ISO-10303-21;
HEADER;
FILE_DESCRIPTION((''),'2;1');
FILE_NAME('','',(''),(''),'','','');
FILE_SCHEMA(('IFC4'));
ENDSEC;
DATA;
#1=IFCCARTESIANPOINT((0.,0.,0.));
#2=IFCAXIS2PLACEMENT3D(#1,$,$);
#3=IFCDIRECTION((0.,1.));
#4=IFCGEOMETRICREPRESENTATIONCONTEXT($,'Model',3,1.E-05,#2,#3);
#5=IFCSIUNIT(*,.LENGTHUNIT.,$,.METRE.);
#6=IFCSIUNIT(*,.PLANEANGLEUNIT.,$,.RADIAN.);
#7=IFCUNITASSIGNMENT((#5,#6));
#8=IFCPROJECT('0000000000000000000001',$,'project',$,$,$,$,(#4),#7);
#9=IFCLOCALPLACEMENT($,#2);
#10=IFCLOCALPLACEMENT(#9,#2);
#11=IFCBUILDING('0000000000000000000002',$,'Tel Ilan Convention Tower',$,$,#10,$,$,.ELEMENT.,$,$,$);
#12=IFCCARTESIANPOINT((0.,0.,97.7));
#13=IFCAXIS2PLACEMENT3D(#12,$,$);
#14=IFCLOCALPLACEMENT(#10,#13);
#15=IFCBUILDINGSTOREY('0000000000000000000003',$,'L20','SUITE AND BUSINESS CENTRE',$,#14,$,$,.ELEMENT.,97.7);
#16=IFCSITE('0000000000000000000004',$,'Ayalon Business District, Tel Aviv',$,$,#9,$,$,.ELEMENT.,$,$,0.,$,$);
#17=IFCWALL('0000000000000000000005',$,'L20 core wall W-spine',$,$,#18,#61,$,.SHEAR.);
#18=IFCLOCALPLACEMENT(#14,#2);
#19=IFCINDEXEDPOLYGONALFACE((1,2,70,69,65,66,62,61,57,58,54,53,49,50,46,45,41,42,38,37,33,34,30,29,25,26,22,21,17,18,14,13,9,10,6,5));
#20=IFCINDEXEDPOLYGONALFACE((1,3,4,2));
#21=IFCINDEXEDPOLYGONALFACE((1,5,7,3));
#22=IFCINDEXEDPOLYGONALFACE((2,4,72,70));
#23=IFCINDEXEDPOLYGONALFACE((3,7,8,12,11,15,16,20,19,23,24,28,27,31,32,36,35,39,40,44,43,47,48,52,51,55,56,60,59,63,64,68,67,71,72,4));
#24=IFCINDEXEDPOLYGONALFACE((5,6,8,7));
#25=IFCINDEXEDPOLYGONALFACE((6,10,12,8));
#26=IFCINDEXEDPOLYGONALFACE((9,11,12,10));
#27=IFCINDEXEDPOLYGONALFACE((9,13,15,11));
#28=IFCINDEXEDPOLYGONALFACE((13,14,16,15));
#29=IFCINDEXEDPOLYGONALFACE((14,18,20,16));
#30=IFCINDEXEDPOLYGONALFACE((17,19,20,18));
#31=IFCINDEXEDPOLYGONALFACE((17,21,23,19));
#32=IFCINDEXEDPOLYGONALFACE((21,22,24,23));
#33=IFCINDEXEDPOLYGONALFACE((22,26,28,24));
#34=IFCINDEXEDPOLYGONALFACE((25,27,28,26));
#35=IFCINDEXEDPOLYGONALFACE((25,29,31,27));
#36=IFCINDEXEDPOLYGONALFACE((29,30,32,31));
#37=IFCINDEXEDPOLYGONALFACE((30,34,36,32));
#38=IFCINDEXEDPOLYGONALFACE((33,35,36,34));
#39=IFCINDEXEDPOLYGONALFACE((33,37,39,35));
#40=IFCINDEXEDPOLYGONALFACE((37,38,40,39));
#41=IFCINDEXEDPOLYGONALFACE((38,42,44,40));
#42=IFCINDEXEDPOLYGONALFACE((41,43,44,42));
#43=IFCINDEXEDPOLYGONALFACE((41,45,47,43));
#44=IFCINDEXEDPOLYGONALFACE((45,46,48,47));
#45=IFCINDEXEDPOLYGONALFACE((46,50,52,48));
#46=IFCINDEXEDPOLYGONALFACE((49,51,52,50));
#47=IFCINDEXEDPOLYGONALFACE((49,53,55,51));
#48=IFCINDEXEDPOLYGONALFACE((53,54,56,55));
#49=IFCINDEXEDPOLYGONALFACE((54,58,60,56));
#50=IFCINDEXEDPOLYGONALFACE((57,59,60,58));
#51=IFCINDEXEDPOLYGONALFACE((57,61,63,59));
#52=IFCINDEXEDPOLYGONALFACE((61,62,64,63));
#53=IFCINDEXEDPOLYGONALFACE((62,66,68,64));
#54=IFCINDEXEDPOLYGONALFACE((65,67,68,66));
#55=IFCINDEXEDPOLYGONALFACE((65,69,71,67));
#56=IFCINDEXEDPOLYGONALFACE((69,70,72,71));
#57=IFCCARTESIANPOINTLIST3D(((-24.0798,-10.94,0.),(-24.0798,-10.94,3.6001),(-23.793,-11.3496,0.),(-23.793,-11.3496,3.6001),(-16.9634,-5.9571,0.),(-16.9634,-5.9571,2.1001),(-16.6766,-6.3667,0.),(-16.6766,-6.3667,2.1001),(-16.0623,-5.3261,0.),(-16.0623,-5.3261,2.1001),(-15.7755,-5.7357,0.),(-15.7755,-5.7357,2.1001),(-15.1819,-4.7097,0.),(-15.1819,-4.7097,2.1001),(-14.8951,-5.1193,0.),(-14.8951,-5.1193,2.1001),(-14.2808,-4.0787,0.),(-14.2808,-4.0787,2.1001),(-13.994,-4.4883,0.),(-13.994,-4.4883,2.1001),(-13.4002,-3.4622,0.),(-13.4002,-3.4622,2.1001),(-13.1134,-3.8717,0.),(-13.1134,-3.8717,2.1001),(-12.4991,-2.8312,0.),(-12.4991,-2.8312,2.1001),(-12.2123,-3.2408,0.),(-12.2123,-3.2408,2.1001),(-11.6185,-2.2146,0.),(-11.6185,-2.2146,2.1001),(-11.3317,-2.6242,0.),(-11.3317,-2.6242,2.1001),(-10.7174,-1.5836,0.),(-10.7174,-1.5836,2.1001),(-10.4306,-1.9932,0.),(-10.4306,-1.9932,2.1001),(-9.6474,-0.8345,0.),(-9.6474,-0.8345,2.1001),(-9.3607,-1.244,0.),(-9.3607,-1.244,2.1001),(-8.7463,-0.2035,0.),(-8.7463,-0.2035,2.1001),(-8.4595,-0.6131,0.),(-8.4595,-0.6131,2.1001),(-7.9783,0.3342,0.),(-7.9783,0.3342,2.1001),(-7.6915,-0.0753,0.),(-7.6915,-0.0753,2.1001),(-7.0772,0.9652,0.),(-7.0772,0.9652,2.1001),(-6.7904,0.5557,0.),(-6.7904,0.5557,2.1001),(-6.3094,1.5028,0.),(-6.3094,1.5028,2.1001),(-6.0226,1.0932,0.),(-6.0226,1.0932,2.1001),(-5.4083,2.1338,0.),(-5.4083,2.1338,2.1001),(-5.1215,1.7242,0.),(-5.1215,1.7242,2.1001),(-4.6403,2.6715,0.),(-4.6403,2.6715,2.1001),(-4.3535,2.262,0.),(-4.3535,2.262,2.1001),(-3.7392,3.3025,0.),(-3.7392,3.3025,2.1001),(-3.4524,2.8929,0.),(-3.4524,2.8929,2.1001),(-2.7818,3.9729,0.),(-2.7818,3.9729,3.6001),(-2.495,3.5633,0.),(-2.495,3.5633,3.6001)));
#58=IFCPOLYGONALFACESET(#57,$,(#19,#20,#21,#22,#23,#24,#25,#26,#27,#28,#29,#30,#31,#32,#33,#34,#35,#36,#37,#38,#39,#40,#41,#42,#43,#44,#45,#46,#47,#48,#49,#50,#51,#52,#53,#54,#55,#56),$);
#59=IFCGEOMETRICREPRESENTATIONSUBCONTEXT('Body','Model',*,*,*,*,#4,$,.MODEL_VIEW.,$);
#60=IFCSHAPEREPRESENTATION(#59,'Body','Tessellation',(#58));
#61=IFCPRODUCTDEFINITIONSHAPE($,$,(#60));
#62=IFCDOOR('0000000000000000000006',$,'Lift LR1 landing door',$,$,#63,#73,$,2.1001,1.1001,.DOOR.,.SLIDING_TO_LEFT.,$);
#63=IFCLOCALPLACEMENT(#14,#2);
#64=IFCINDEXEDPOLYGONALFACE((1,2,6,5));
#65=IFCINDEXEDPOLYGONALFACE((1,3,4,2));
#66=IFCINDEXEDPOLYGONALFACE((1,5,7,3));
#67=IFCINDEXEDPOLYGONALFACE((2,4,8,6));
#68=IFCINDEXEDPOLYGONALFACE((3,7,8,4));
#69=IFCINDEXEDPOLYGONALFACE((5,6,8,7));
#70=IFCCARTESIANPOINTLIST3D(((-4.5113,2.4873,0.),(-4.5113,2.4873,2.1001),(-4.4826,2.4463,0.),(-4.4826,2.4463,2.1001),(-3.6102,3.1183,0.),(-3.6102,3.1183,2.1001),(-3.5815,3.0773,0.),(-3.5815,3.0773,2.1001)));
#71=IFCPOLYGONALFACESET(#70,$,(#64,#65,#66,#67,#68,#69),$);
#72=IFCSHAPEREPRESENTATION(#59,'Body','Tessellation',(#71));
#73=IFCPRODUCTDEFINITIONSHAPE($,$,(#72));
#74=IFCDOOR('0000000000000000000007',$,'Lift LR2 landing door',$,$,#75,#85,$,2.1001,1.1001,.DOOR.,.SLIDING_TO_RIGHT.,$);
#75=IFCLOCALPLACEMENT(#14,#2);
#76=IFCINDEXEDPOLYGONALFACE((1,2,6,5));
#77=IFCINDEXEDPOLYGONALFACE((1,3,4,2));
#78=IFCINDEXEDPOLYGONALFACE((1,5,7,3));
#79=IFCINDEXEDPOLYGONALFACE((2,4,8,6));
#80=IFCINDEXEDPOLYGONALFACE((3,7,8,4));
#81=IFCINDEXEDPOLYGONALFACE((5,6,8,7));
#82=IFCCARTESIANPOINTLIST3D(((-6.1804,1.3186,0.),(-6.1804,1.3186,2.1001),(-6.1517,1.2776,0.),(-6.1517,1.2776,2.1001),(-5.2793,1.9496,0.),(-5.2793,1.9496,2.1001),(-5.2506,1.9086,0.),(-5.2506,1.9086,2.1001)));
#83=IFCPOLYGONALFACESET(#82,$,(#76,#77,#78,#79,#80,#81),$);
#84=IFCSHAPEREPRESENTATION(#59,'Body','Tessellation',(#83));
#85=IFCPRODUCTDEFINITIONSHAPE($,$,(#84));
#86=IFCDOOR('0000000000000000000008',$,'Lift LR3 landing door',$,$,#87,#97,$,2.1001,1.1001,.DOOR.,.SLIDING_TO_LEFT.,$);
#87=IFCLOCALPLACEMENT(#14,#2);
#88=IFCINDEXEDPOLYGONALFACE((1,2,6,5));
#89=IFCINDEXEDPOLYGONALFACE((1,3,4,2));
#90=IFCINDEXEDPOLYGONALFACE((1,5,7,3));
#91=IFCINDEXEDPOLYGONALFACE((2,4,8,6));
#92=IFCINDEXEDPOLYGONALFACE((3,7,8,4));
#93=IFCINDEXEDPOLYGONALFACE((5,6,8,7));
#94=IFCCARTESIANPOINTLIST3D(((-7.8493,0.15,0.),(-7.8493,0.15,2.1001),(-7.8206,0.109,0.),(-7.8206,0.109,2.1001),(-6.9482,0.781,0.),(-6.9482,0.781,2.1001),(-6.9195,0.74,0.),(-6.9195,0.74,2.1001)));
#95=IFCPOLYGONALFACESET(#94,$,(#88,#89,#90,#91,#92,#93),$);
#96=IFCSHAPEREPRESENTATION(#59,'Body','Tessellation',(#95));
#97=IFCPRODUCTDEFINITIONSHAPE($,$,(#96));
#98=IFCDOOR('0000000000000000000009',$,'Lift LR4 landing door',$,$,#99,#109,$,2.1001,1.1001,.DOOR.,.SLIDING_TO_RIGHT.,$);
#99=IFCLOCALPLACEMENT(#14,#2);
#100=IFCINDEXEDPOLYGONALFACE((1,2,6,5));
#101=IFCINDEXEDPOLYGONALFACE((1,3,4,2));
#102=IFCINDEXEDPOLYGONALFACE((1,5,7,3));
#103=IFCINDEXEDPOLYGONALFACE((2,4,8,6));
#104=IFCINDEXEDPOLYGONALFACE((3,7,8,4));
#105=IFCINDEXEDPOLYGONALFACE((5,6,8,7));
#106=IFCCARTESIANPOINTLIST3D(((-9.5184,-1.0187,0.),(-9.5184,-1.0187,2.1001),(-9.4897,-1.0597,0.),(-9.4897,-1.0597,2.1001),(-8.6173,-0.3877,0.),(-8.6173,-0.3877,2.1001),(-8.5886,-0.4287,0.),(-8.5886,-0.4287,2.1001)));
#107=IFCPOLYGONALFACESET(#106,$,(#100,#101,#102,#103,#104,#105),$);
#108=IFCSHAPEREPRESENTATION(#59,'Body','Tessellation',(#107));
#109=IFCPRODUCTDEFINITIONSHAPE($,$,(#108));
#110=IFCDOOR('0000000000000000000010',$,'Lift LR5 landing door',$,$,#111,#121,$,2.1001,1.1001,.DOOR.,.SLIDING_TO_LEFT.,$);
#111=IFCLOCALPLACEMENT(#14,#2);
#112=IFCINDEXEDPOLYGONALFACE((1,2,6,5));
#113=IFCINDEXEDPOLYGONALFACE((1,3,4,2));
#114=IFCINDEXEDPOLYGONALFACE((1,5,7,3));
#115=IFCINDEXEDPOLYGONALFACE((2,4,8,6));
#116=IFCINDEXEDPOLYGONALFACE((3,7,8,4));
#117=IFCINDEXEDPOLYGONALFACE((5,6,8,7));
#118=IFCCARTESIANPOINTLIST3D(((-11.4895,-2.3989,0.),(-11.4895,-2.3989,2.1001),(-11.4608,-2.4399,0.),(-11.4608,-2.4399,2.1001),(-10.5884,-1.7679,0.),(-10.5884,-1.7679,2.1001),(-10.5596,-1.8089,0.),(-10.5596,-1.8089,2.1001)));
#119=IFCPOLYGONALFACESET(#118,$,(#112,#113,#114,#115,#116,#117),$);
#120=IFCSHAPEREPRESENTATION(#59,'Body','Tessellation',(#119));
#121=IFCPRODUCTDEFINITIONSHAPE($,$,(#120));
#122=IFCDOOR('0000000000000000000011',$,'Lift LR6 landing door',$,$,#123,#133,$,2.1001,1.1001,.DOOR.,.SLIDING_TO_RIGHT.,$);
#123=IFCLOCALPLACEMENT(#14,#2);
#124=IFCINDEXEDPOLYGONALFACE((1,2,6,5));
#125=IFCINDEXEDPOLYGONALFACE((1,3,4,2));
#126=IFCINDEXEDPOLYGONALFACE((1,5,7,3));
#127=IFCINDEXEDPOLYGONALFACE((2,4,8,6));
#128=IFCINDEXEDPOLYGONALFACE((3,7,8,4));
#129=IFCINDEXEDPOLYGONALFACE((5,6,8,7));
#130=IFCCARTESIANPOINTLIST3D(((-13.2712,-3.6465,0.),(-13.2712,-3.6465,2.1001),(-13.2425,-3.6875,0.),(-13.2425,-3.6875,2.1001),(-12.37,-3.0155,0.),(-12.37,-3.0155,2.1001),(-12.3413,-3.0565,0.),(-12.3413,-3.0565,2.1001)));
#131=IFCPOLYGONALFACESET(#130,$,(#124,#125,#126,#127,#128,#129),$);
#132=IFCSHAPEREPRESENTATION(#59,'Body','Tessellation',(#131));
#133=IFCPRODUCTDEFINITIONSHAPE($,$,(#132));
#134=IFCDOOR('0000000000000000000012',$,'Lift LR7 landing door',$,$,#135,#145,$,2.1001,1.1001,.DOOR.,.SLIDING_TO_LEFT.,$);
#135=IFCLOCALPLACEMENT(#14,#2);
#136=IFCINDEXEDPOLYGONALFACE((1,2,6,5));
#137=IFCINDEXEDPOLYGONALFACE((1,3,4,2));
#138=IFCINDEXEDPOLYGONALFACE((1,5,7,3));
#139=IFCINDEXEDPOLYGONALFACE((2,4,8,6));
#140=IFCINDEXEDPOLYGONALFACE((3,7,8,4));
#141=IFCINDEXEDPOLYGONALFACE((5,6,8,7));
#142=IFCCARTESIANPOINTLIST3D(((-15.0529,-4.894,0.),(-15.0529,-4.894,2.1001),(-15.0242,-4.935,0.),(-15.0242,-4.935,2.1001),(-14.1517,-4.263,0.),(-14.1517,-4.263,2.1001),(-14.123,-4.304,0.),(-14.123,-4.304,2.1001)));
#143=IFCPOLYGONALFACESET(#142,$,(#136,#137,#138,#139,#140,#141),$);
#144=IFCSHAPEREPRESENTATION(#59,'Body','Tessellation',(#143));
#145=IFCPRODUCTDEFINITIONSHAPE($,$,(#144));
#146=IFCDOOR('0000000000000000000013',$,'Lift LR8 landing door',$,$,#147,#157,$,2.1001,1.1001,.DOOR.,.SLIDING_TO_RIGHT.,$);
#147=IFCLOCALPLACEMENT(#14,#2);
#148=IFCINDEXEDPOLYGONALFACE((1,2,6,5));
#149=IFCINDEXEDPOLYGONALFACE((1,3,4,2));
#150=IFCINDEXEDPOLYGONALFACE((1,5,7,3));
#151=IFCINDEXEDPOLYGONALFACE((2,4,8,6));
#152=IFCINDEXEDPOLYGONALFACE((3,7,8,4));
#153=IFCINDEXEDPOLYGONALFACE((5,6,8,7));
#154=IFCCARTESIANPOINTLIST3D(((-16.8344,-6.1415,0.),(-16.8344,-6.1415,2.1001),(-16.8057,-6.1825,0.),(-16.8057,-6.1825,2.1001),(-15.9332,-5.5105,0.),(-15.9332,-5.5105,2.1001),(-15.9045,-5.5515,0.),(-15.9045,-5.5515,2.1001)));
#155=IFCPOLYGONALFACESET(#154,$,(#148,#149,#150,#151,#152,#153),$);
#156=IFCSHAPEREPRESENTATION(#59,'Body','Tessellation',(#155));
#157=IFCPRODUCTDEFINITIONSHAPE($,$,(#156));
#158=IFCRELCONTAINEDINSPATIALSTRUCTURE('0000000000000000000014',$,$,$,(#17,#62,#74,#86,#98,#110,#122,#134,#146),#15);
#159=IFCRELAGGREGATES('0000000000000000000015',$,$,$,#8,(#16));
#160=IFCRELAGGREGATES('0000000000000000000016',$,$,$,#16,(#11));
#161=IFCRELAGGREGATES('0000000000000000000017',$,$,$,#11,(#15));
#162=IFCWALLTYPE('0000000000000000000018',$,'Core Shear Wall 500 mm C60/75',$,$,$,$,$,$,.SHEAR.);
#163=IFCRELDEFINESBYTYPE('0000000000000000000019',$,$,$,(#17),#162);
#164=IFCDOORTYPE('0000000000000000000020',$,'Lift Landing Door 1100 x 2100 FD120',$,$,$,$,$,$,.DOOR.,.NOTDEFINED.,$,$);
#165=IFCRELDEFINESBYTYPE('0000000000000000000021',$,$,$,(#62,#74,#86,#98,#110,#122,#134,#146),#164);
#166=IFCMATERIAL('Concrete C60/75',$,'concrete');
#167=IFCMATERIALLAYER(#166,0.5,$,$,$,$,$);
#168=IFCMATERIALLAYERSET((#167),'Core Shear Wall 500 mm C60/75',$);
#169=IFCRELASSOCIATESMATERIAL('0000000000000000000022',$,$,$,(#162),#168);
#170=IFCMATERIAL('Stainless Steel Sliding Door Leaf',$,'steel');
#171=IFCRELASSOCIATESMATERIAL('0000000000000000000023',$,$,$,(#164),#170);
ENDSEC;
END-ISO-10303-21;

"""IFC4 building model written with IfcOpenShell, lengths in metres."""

from ifc_helpers import new_model, si_unit, direction, frame, frame_2d, origin, place, context, subcontext, project, spatial, polyline, rectangle, outline, extrude, material, layer, layer_set, type_object, element, fill, save


model = new_model("IFC4")

# Units and contexts
model_context = context("Model", 3, precision=1e-05, world=origin(), true_north=direction((0.0, 1.0)))
body_context = subcontext(model_context, "Body", "Model", "MODEL_VIEW")
ifc_project = project(units=[si_unit("LENGTHUNIT", "METRE"), si_unit("PLANEANGLEUNIT", "RADIAN")], contexts=[model_context])

# Site, building, storey
site_placement = place(None, origin())
site = spatial("IfcSite", under=ifc_project, at=site_placement, Name="Ayalon Business District, Tel Aviv", CompositionType="ELEMENT", RefElevation=0.0)
building_placement = place(site_placement, origin())
building = spatial("IfcBuilding", under=site, at=building_placement, Name="Tel Ilan Convention Tower", CompositionType="ELEMENT")
storey_placement = place(building_placement, frame((0.0, 0.0, 97.7)))
storey = spatial("IfcBuildingStorey", under=building, at=storey_placement, Name="L20", Description="SUITE AND BUSINESS CENTRE", CompositionType="ELEMENT", Elevation=97.7)

# Wall, openings, doors
ifc_material_1 = material(Name="Concrete C60/75", Category="concrete")
ifc_layer_1 = layer(ifc_material_1, 0.5)
ifc_layer_set_1 = layer_set([ifc_layer_1], Name="Core Shear Wall 500 mm C60/75")
wall_type_1 = type_object("IfcWallType", Name="Core Shear Wall 500 mm C60/75", PredefinedType="SHEAR", material=ifc_layer_set_1)
wall_1_placement = place(storey_placement, frame((-2.6384, 3.7681, 0.0), z_axis=(0.0, 0.0, 1.0), x_axis=(-0.819149, -0.573581, 0.0)))
wall_1 = element("IfcWall", 1, at=wall_1_placement, inside=storey, type_object=wall_type_1, Name="L20 core wall W-spine", PredefinedType="SHEAR", context=body_context, shape_type="SweptSolid", body=[
    extrude(outline(polyline([(26.0, 0.2498), (0.0, 0.25), (0.0, -0.25), (26.0, -0.2502), (26.0, 0.2498)])), origin(), (0.0, 0.0, 1.0), 3.6001),
])
opening_1_placement = place(wall_1_placement, frame((1.1687, 0.0, 0.0)))
opening_1 = element("IfcOpeningElement", 2, at=opening_1_placement, cuts=wall_1, PredefinedType="OPENING", context=body_context, shape_type="SweptSolid", body=[
    extrude(rectangle(XDim=1.1001, YDim=2.1001, at=frame_2d((0.55, 1.05))), frame((0.0, 0.26, 0.0), z_axis=(0.0, -1.0, 0.0), x_axis=(1.0, 0.0, 0.0)), (0.0, 0.0, 1.0), 0.52),
])
opening_2_placement = place(wall_1_placement, frame((3.2063, 0.0, 0.0)))
opening_2 = element("IfcOpeningElement", 3, at=opening_2_placement, cuts=wall_1, PredefinedType="OPENING", context=body_context, shape_type="SweptSolid", body=[
    extrude(rectangle(XDim=1.1001, YDim=2.1001, at=frame_2d((0.55, 1.05))), frame((0.0, 0.26, 0.0), z_axis=(0.0, -1.0, 0.0), x_axis=(1.0, 0.0, 0.0)), (0.0, 0.0, 1.0), 0.52),
])
opening_3_placement = place(wall_1_placement, frame((5.2437, 0.0, 0.0)))
opening_3 = element("IfcOpeningElement", 4, at=opening_3_placement, cuts=wall_1, PredefinedType="OPENING", context=body_context, shape_type="SweptSolid", body=[
    extrude(rectangle(XDim=1.1001, YDim=2.1001, at=frame_2d((0.55, 1.05))), frame((0.0, 0.26, 0.0), z_axis=(0.0, -1.0, 0.0), x_axis=(1.0, 0.0, 0.0)), (0.0, 0.0, 1.0), 0.52),
])
opening_4_placement = place(wall_1_placement, frame((7.2812, 0.0, 0.0)))
opening_4 = element("IfcOpeningElement", 5, at=opening_4_placement, cuts=wall_1, PredefinedType="OPENING", context=body_context, shape_type="SweptSolid", body=[
    extrude(rectangle(XDim=1.1001, YDim=2.1001, at=frame_2d((0.55, 1.05))), frame((0.0, 0.26, 0.0), z_axis=(0.0, -1.0, 0.0), x_axis=(1.0, 0.0, 0.0)), (0.0, 0.0, 1.0), 0.52),
])
opening_5_placement = place(wall_1_placement, frame((9.6875, 0.0, 0.0)))
opening_5 = element("IfcOpeningElement", 6, at=opening_5_placement, cuts=wall_1, PredefinedType="OPENING", context=body_context, shape_type="SweptSolid", body=[
    extrude(rectangle(XDim=1.1001, YDim=2.1001, at=frame_2d((0.55, 1.05))), frame((0.0, 0.26, 0.0), z_axis=(0.0, -1.0, 0.0), x_axis=(1.0, 0.0, 0.0)), (0.0, 0.0, 1.0), 0.52),
])
opening_6_placement = place(wall_1_placement, frame((11.8625, 0.0, 0.0)))
opening_6 = element("IfcOpeningElement", 7, at=opening_6_placement, cuts=wall_1, PredefinedType="OPENING", context=body_context, shape_type="SweptSolid", body=[
    extrude(rectangle(XDim=1.1001, YDim=2.1001, at=frame_2d((0.55, 1.05))), frame((0.0, 0.26, 0.0), z_axis=(0.0, -1.0, 0.0), x_axis=(1.0, 0.0, 0.0)), (0.0, 0.0, 1.0), 0.52),
])
opening_7_placement = place(wall_1_placement, frame((14.0376, 0.0, 0.0)))
opening_7 = element("IfcOpeningElement", 8, at=opening_7_placement, cuts=wall_1, PredefinedType="OPENING", context=body_context, shape_type="SweptSolid", body=[
    extrude(rectangle(XDim=1.1001, YDim=2.1001, at=frame_2d((0.55, 1.05))), frame((0.0, 0.26, 0.0), z_axis=(0.0, -1.0, 0.0), x_axis=(1.0, 0.0, 0.0)), (0.0, 0.0, 1.0), 0.52),
])
opening_8_placement = place(wall_1_placement, frame((16.2124, 0.0, 0.0)))
opening_8 = element("IfcOpeningElement", 9, at=opening_8_placement, cuts=wall_1, PredefinedType="OPENING", context=body_context, shape_type="SweptSolid", body=[
    extrude(rectangle(XDim=1.1001, YDim=2.1001, at=frame_2d((0.55, 1.05))), frame((0.0, 0.26, 0.0), z_axis=(0.0, -1.0, 0.0), x_axis=(1.0, 0.0, 0.0)), (0.0, 0.0, 1.0), 0.52),
])
ifc_material_2 = material(Name="Stainless Steel Sliding Door Leaf", Category="steel")
door_type = type_object("IfcDoorType", Name="Lift Landing Door 1100 x 2100 FD120", OperationType="NOTDEFINED", PredefinedType="DOOR", material=ifc_material_2)
door_1_placement = place(opening_1_placement, origin())
door_1 = element("IfcDoor", 10, at=door_1_placement, inside=storey, type_object=door_type, Name="Lift LR1 landing door", OperationType="SLIDING_TO_LEFT", OverallHeight=2.1001, OverallWidth=1.1001, PredefinedType="DOOR", context=body_context, shape_type="SweptSolid", body=[
    extrude(rectangle(XDim=1.1001, YDim=2.1001, at=frame_2d((0.55, 1.05))), frame((0.0, 0.0249, 0.0), z_axis=(0.0, -1.0, 0.0), x_axis=(1.0, 0.0, 0.0)), (0.0, 0.0, 1.0), 0.05),
])
fill(opening_1, door_1)
door_2_placement = place(opening_2_placement, origin())
door_2 = element("IfcDoor", 11, at=door_2_placement, inside=storey, type_object=door_type, Name="Lift LR2 landing door", OperationType="SLIDING_TO_RIGHT", OverallHeight=2.1001, OverallWidth=1.1001, PredefinedType="DOOR", context=body_context, shape_type="SweptSolid", body=[
    extrude(rectangle(XDim=1.1001, YDim=2.1001, at=frame_2d((0.55, 1.05))), frame((0.0, 0.0249, 0.0), z_axis=(0.0, -1.0, 0.0), x_axis=(1.0, 0.0, 0.0)), (0.0, 0.0, 1.0), 0.05),
])
fill(opening_2, door_2)
door_3_placement = place(opening_3_placement, origin())
door_3 = element("IfcDoor", 12, at=door_3_placement, inside=storey, type_object=door_type, Name="Lift LR3 landing door", OperationType="SLIDING_TO_LEFT", OverallHeight=2.1001, OverallWidth=1.1001, PredefinedType="DOOR", context=body_context, shape_type="SweptSolid", body=[
    extrude(rectangle(XDim=1.1001, YDim=2.1001, at=frame_2d((0.55, 1.05))), frame((0.0, 0.0249, 0.0), z_axis=(0.0, -1.0, 0.0), x_axis=(1.0, 0.0, 0.0)), (0.0, 0.0, 1.0), 0.05),
])
fill(opening_3, door_3)
door_4_placement = place(opening_4_placement, origin())
door_4 = element("IfcDoor", 13, at=door_4_placement, inside=storey, type_object=door_type, Name="Lift LR4 landing door", OperationType="SLIDING_TO_RIGHT", OverallHeight=2.1001, OverallWidth=1.1001, PredefinedType="DOOR", context=body_context, shape_type="SweptSolid", body=[
    extrude(rectangle(XDim=1.1001, YDim=2.1001, at=frame_2d((0.55, 1.05))), frame((0.0, 0.0249, 0.0), z_axis=(0.0, -1.0, 0.0), x_axis=(1.0, 0.0, 0.0)), (0.0, 0.0, 1.0), 0.05),
])
fill(opening_4, door_4)
door_5_placement = place(opening_5_placement, origin())
door_5 = element("IfcDoor", 14, at=door_5_placement, inside=storey, type_object=door_type, Name="Lift LR5 landing door", OperationType="SLIDING_TO_LEFT", OverallHeight=2.1001, OverallWidth=1.1001, PredefinedType="DOOR", context=body_context, shape_type="SweptSolid", body=[
    extrude(rectangle(XDim=1.1001, YDim=2.1001, at=frame_2d((0.55, 1.05))), frame((0.0, 0.0249, 0.0), z_axis=(0.0, -1.0, 0.0), x_axis=(1.0, 0.0, 0.0)), (0.0, 0.0, 1.0), 0.05),
])
fill(opening_5, door_5)
door_6_placement = place(opening_6_placement, origin())
door_6 = element("IfcDoor", 15, at=door_6_placement, inside=storey, type_object=door_type, Name="Lift LR6 landing door", OperationType="SLIDING_TO_RIGHT", OverallHeight=2.1001, OverallWidth=1.1001, PredefinedType="DOOR", context=body_context, shape_type="SweptSolid", body=[
    extrude(rectangle(XDim=1.1001, YDim=2.1001, at=frame_2d((0.55, 1.05))), frame((0.0, 0.0249, 0.0), z_axis=(0.0, -1.0, 0.0), x_axis=(1.0, 0.0, 0.0)), (0.0, 0.0, 1.0), 0.05),
])
fill(opening_6, door_6)
door_7_placement = place(opening_7_placement, origin())
door_7 = element("IfcDoor", 16, at=door_7_placement, inside=storey, type_object=door_type, Name="Lift LR7 landing door", OperationType="SLIDING_TO_LEFT", OverallHeight=2.1001, OverallWidth=1.1001, PredefinedType="DOOR", context=body_context, shape_type="SweptSolid", body=[
    extrude(rectangle(XDim=1.1001, YDim=2.1001, at=frame_2d((0.55, 1.05))), frame((0.0, 0.0249, 0.0), z_axis=(0.0, -1.0, 0.0), x_axis=(1.0, 0.0, 0.0)), (0.0, 0.0, 1.0), 0.05),
])
fill(opening_7, door_7)
door_8_placement = place(opening_8_placement, origin())
door_8 = element("IfcDoor", 17, at=door_8_placement, inside=storey, type_object=door_type, Name="Lift LR8 landing door", OperationType="SLIDING_TO_RIGHT", OverallHeight=2.1001, OverallWidth=1.1001, PredefinedType="DOOR", context=body_context, shape_type="SweptSolid", body=[
    extrude(rectangle(XDim=1.1001, YDim=2.1001, at=frame_2d((0.55, 1.05))), frame((0.0, 0.0249, 0.0), z_axis=(0.0, -1.0, 0.0), x_axis=(1.0, 0.0, 0.0)), (0.0, 0.0, 1.0), 0.05),
])
fill(opening_8, door_8)

save(model, "model.ifc")
